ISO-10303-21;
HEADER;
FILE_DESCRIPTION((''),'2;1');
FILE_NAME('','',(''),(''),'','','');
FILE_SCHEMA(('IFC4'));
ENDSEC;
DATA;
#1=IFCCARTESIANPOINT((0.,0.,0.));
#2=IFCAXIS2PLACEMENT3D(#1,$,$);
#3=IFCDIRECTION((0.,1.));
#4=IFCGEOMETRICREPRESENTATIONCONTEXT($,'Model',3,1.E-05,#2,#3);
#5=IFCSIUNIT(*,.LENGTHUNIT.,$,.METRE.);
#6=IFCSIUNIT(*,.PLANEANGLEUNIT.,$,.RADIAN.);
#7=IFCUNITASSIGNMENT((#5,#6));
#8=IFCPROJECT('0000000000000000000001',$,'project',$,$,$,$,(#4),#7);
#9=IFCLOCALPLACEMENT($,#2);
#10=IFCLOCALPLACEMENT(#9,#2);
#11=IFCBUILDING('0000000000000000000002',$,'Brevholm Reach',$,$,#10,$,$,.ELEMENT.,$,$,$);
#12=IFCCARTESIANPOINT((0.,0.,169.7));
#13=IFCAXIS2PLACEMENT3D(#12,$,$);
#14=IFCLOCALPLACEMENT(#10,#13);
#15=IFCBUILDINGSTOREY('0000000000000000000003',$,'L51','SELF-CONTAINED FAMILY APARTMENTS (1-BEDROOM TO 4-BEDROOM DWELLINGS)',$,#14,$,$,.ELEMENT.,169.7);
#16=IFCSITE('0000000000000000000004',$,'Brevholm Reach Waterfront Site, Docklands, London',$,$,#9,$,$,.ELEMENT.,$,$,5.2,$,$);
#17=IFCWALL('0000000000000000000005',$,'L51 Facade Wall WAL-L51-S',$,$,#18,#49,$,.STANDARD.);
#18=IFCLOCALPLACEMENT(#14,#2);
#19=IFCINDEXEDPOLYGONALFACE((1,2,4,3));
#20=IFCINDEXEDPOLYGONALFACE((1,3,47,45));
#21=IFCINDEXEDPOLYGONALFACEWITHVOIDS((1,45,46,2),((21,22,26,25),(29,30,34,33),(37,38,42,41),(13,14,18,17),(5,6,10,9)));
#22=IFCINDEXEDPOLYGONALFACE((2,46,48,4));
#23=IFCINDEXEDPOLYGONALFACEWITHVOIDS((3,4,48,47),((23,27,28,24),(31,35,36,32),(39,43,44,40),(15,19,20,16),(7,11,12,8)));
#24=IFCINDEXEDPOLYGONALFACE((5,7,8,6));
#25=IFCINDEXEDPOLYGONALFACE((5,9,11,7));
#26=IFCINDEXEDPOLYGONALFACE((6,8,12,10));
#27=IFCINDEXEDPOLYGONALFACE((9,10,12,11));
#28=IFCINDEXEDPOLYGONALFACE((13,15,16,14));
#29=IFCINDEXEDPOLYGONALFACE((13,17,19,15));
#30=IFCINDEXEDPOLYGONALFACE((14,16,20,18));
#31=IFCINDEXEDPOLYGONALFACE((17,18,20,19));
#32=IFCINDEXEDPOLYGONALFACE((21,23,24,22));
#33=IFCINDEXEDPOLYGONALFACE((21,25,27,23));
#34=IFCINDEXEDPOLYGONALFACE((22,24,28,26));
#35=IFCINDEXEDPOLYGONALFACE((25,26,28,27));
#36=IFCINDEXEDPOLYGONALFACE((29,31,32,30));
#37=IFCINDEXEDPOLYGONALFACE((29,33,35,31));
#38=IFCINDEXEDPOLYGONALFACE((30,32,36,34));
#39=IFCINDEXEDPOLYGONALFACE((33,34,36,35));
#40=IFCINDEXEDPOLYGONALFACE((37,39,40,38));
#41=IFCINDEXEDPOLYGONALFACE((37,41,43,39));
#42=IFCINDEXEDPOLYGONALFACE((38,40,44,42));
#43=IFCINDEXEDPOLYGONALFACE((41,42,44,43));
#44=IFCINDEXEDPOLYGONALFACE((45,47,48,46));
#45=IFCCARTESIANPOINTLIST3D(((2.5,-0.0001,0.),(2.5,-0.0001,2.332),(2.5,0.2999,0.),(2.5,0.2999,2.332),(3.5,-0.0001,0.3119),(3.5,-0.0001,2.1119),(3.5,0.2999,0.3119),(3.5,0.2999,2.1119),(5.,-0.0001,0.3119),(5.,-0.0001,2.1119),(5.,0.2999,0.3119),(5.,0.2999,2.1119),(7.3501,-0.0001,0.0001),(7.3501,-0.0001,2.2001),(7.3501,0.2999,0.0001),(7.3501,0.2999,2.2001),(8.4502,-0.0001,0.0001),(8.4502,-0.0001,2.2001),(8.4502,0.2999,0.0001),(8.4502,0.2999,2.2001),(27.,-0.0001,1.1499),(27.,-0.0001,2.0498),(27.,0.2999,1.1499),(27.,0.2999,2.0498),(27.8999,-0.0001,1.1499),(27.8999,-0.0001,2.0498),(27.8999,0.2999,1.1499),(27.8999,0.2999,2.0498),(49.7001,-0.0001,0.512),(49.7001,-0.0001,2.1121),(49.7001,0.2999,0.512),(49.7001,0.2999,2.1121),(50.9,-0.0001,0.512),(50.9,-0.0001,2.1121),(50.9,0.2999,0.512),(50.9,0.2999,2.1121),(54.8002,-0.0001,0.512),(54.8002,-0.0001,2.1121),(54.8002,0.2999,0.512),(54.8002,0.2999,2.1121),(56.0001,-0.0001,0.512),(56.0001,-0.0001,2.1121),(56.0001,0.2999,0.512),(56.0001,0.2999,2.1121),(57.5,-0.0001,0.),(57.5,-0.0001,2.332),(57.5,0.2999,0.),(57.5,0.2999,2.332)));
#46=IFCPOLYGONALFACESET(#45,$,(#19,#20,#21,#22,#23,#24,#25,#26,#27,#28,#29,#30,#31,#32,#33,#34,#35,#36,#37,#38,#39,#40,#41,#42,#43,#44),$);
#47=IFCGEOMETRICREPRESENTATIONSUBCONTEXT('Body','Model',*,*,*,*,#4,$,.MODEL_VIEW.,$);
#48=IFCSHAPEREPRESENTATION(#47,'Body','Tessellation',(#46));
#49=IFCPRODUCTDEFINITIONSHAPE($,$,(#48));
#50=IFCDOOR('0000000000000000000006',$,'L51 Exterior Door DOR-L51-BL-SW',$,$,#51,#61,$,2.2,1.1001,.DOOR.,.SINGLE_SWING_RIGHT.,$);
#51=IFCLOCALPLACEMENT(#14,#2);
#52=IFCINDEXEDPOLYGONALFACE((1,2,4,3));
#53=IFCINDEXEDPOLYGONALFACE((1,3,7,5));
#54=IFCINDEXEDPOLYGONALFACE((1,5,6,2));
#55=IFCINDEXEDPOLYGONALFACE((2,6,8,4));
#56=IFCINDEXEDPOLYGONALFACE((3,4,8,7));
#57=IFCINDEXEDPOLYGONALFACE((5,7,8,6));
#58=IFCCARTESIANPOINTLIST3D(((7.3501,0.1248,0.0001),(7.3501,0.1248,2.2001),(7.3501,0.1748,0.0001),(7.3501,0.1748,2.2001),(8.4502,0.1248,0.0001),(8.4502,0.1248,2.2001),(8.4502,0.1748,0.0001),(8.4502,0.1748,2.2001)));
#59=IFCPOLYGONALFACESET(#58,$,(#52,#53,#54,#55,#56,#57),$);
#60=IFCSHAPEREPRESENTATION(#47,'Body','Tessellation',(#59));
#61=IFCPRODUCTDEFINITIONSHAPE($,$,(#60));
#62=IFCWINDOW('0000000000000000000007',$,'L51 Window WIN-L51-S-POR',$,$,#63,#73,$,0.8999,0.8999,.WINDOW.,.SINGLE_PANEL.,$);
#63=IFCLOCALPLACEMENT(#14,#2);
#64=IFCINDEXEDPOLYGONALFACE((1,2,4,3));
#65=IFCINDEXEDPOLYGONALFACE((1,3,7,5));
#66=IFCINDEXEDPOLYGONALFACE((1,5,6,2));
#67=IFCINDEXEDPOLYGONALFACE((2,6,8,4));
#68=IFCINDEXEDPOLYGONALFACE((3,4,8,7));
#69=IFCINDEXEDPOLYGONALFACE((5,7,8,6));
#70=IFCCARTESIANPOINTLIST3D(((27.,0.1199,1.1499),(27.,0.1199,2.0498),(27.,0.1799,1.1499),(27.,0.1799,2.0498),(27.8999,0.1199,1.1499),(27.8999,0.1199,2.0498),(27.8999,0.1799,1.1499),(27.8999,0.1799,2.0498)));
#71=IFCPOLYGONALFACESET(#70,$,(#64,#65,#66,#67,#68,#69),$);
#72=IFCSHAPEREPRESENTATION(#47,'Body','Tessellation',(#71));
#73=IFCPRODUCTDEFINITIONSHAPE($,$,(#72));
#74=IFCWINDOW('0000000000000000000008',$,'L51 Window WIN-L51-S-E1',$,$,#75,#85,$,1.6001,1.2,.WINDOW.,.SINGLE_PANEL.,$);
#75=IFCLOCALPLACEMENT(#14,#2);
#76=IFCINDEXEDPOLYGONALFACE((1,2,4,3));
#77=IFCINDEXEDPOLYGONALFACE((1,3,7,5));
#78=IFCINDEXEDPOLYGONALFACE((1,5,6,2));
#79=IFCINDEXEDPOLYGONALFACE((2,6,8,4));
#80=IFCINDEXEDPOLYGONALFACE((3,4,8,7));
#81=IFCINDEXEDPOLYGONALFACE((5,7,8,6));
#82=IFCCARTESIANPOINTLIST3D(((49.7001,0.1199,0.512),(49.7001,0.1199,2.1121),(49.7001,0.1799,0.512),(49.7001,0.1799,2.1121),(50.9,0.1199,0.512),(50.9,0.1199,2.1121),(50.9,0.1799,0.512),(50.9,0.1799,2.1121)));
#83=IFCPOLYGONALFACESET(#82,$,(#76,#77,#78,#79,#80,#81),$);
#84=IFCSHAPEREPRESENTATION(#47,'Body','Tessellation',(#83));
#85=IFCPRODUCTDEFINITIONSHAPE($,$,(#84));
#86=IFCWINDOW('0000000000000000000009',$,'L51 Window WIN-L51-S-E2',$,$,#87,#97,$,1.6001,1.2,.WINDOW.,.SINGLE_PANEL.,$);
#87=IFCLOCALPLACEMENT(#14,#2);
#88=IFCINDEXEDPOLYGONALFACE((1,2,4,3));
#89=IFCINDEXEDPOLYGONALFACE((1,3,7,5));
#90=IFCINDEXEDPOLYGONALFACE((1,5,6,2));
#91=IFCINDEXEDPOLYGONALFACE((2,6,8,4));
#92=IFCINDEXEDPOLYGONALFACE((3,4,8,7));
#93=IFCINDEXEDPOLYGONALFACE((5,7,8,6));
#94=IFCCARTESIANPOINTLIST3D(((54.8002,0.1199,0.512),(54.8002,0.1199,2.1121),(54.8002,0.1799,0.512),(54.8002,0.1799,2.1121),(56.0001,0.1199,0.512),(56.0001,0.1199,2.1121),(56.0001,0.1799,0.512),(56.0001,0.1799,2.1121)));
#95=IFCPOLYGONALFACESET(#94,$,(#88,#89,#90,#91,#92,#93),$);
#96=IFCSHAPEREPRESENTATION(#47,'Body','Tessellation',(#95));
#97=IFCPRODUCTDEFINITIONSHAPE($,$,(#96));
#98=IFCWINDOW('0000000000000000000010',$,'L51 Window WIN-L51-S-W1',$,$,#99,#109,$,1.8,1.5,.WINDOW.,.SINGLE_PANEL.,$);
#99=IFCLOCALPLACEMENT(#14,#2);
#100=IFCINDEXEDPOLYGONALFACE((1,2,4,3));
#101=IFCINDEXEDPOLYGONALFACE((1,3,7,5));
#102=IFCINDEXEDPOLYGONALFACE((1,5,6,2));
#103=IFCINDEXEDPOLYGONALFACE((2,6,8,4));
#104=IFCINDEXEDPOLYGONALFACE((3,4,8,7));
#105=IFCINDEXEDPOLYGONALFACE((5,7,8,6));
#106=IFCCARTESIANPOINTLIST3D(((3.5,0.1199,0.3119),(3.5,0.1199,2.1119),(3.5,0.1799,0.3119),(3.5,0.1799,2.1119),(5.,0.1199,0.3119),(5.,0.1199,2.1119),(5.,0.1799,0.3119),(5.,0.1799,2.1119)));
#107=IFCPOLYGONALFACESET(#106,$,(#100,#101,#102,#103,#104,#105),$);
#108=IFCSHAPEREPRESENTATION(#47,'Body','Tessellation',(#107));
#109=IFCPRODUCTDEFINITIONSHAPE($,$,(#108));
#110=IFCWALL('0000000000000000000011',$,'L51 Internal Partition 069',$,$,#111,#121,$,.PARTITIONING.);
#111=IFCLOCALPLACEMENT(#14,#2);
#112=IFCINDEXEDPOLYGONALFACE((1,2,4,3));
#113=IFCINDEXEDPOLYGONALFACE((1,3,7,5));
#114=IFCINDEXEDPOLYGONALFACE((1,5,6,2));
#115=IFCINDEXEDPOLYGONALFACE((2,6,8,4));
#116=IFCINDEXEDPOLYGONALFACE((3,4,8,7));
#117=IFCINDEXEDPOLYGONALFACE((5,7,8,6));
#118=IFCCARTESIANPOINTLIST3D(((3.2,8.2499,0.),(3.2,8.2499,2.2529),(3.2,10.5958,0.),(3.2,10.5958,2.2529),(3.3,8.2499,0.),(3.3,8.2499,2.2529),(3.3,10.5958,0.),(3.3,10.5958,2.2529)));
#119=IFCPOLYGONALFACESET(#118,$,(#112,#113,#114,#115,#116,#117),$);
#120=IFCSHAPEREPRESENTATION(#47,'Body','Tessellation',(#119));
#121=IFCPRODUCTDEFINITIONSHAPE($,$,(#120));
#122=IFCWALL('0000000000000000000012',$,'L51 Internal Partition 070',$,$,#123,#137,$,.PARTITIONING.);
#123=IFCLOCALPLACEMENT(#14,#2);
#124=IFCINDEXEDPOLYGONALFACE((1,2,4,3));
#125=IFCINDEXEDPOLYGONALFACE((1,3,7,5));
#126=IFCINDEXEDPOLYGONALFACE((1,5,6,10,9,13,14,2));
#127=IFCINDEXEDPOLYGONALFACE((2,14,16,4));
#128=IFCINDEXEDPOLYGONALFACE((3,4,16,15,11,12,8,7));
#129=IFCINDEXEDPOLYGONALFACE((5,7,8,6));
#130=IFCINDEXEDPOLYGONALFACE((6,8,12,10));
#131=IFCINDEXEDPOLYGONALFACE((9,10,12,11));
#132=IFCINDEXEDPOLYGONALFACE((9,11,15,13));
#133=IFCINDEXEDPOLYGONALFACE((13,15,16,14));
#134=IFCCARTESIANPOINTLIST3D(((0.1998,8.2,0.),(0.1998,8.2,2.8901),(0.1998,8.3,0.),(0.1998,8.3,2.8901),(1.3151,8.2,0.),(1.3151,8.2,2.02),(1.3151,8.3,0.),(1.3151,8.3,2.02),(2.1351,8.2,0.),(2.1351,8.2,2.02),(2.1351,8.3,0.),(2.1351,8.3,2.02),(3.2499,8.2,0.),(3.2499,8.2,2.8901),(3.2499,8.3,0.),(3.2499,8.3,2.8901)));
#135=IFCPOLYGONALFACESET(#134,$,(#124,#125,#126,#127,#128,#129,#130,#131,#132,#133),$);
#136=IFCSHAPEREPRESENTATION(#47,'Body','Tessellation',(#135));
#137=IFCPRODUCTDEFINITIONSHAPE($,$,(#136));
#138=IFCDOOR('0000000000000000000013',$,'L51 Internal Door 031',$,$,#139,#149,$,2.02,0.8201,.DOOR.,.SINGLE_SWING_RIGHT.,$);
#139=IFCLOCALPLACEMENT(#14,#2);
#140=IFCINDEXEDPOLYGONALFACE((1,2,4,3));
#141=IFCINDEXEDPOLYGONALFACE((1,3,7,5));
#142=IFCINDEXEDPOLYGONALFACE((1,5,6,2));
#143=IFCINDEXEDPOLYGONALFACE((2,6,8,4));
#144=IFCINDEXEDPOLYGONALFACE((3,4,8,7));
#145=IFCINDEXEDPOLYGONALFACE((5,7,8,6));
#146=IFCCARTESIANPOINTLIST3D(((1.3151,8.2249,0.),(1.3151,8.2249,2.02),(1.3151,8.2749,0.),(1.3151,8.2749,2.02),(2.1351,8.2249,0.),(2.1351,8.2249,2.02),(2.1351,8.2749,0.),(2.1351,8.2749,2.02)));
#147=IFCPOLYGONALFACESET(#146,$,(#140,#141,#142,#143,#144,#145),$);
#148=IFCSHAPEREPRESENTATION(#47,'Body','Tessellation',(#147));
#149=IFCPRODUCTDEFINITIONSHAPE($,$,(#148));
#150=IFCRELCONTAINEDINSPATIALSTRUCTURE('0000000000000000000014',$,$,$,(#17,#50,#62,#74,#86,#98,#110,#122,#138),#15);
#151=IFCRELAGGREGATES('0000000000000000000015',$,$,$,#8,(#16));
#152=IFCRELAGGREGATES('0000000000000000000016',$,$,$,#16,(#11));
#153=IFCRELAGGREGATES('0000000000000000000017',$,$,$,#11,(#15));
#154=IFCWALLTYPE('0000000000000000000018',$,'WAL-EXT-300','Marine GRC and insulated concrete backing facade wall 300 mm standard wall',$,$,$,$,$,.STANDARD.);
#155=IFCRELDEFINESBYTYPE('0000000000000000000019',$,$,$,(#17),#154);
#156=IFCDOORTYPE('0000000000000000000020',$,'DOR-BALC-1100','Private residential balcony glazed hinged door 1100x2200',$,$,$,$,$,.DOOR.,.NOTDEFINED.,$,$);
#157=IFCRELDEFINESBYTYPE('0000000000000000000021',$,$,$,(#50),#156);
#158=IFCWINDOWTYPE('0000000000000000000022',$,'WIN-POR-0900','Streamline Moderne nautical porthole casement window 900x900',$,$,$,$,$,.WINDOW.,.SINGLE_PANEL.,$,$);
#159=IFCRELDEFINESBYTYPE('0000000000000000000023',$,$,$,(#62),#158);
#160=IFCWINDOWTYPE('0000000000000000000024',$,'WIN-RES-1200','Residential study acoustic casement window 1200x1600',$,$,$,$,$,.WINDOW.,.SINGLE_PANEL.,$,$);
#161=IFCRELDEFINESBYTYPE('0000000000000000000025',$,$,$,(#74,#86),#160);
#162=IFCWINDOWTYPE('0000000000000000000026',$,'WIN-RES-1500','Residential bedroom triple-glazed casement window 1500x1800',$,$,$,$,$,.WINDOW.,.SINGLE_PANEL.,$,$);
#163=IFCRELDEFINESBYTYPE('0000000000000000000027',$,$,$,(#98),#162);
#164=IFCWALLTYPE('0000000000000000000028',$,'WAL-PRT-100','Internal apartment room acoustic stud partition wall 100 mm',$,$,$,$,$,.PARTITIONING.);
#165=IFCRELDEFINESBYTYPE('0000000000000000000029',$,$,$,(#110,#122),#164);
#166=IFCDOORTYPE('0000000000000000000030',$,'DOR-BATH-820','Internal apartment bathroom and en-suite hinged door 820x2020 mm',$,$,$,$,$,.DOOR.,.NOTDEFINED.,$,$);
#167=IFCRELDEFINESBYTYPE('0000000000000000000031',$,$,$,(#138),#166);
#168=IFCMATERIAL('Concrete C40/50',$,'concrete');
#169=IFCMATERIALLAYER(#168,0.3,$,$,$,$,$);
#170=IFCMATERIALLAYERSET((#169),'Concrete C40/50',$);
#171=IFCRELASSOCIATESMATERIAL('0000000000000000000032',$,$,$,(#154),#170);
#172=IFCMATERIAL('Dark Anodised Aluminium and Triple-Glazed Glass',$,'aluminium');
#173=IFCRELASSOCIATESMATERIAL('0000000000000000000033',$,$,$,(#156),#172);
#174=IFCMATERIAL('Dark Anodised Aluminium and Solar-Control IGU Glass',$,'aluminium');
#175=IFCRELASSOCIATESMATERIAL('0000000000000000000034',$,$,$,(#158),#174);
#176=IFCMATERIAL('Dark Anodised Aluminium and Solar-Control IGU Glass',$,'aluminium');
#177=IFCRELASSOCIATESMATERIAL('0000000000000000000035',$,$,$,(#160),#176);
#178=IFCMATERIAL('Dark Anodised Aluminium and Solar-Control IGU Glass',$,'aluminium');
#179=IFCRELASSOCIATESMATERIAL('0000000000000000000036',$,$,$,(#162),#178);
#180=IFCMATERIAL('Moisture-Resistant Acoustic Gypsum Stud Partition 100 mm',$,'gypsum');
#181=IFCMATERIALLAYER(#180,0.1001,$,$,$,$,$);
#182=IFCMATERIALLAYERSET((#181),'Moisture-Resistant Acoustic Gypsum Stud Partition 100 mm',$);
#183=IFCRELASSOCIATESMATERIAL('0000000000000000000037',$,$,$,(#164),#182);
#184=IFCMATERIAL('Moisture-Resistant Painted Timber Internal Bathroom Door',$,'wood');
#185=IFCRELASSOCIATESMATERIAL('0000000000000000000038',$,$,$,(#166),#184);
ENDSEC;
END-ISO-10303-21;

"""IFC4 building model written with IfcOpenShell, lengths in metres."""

from ifc_helpers import new_model, si_unit, direction, frame, frame_2d, origin, place, context, subcontext, project, spatial, rectangle, extrude, material, layer, layer_set, type_object, element, fill, save


model = new_model("IFC4")

# Units and contexts
model_context = context("Model", 3, precision=1e-05, world=origin(), true_north=direction((0.0, 1.0)))
body_context = subcontext(model_context, "Body", "Model", "MODEL_VIEW")
ifc_project = project(units=[si_unit("LENGTHUNIT", "METRE"), si_unit("PLANEANGLEUNIT", "RADIAN")], contexts=[model_context])

# Site, building, storey
site_placement = place(None, origin())
site = spatial("IfcSite", under=ifc_project, at=site_placement, Name="Brevholm Reach Waterfront Site, Docklands, London", CompositionType="ELEMENT", RefElevation=5.2)
building_placement = place(site_placement, origin())
building = spatial("IfcBuilding", under=site, at=building_placement, Name="Brevholm Reach", CompositionType="ELEMENT")
storey_placement = place(building_placement, frame((0.0, 0.0, 169.7)))
storey = spatial("IfcBuildingStorey", under=building, at=storey_placement, Name="L51", Description="SELF-CONTAINED FAMILY APARTMENTS (1-BEDROOM TO 4-BEDROOM DWELLINGS)", CompositionType="ELEMENT", Elevation=169.7)

# Shared definitions
ifc_material_1 = material(Name="Concrete C40/50", Category="concrete")
ifc_layer_1 = layer(ifc_material_1, 0.3)
ifc_layer_set_1 = layer_set([ifc_layer_1], Name="Concrete C40/50")
wall_type_1 = type_object("IfcWallType", Name="WAL-EXT-300", Description="Marine GRC and insulated concrete backing facade wall 300 mm standard wall", PredefinedType="STANDARD", material=ifc_layer_set_1)

# Wall, openings, door, windows
wall_1_placement = place(storey_placement, frame((2.5, 0.1499, 0.0), z_axis=(0.0, 0.0, 1.0), x_axis=(1.0, 0.0, 0.0)))
wall_1 = element("IfcWall", 1, at=wall_1_placement, inside=storey, type_object=wall_type_1, Name="L51 Facade Wall WAL-L51-S", PredefinedType="STANDARD", context=body_context, shape_type="SweptSolid", body=[
    extrude(rectangle(XDim=55.0, YDim=0.3, at=frame_2d((27.5, 0.0))), origin(), (0.0, 0.0, 1.0), 2.332),
])
opening_1_placement = place(wall_1_placement, frame((4.8501, 0.0, 0.0)))
opening_1 = element("IfcOpeningElement", 2, at=opening_1_placement, cuts=wall_1, PredefinedType="OPENING", context=body_context, shape_type="SweptSolid", body=[
    extrude(rectangle(XDim=1.1001, YDim=2.2, at=frame_2d((0.55, 1.1001))), frame((0.0, 0.1599, 0.0), z_axis=(0.0, -1.0, 0.0), x_axis=(1.0, 0.0, 0.0)), (0.0, 0.0, 1.0), 0.3201),
])
opening_2_placement = place(wall_1_placement, frame((1.0, 0.0, 0.312)))
opening_2 = element("IfcOpeningElement", 3, at=opening_2_placement, cuts=wall_1, PredefinedType="OPENING", context=body_context, shape_type="SweptSolid", body=[
    extrude(rectangle(XDim=1.5, YDim=1.8, at=frame_2d((0.75, 0.8999))), frame((0.0, 0.1599, 0.0), z_axis=(0.0, -1.0, 0.0), x_axis=(1.0, 0.0, 0.0)), (0.0, 0.0, 1.0), 0.3201),
])
opening_3_placement = place(wall_1_placement, frame((24.5, 0.0, 1.1499)))
opening_3 = element("IfcOpeningElement", 4, at=opening_3_placement, cuts=wall_1, PredefinedType="OPENING", context=body_context, shape_type="SweptSolid", body=[
    extrude(rectangle(XDim=0.8999, YDim=0.8999, at=frame_2d((0.45, 0.45))), frame((0.0, 0.1599, 0.0), z_axis=(0.0, -1.0, 0.0), x_axis=(1.0, 0.0, 0.0)), (0.0, 0.0, 1.0), 0.3201),
])
opening_4_placement = place(wall_1_placement, frame((47.2, 0.0, 0.512)))
opening_4 = element("IfcOpeningElement", 5, at=opening_4_placement, cuts=wall_1, PredefinedType="OPENING", context=body_context, shape_type="SweptSolid", body=[
    extrude(rectangle(XDim=1.2, YDim=1.6001, at=frame_2d((0.6001, 0.8))), frame((0.0, 0.1599, 0.0), z_axis=(0.0, -1.0, 0.0), x_axis=(1.0, 0.0, 0.0)), (0.0, 0.0, 1.0), 0.3201),
])
opening_5_placement = place(wall_1_placement, frame((52.3, 0.0, 0.512)))
opening_5 = element("IfcOpeningElement", 6, at=opening_5_placement, cuts=wall_1, PredefinedType="OPENING", context=body_context, shape_type="SweptSolid", body=[
    extrude(rectangle(XDim=1.2, YDim=1.6001, at=frame_2d((0.6001, 0.8))), frame((0.0, 0.1599, 0.0), z_axis=(0.0, -1.0, 0.0), x_axis=(1.0, 0.0, 0.0)), (0.0, 0.0, 1.0), 0.3201),
])
ifc_material_2 = material(Name="Dark Anodised Aluminium and Triple-Glazed Glass", Category="aluminium")
door_type_1 = type_object("IfcDoorType", Name="DOR-BALC-1100", Description="Private residential balcony glazed hinged door 1100x2200", OperationType="NOTDEFINED", PredefinedType="DOOR", material=ifc_material_2)
door_1_placement = place(opening_1_placement, origin())
door_1 = element("IfcDoor", 7, at=door_1_placement, inside=storey, type_object=door_type_1, Name="L51 Exterior Door DOR-L51-BL-SW", OperationType="SINGLE_SWING_RIGHT", OverallHeight=2.2, OverallWidth=1.1001, PredefinedType="DOOR", context=body_context, shape_type="SweptSolid", body=[
    extrude(rectangle(XDim=1.1001, YDim=2.2, at=frame_2d((0.55, 1.1001))), frame((0.0, 0.0249, 0.0), z_axis=(0.0, -1.0, 0.0), x_axis=(1.0, 0.0, 0.0)), (0.0, 0.0, 1.0), 0.05),
])
fill(opening_1, door_1)
ifc_material_3 = material(Name="Dark Anodised Aluminium and Solar-Control IGU Glass", Category="aluminium")
window_type_1 = type_object("IfcWindowType", Name="WIN-POR-0900", Description="Streamline Moderne nautical porthole casement window 900x900", PartitioningType="SINGLE_PANEL", PredefinedType="WINDOW", material=ifc_material_3)
window_1_placement = place(opening_3_placement, origin())
window_1 = element("IfcWindow", 8, at=window_1_placement, inside=storey, type_object=window_type_1, Name="L51 Window WIN-L51-S-POR", OverallHeight=0.8999, OverallWidth=0.8999, PartitioningType="SINGLE_PANEL", PredefinedType="WINDOW", context=body_context, shape_type="SweptSolid", body=[
    extrude(rectangle(XDim=0.8999, YDim=0.8999, at=frame_2d((0.45, 0.45))), frame((0.0, 0.03, 0.0), z_axis=(0.0, -1.0, 0.0), x_axis=(1.0, 0.0, 0.0)), (0.0, 0.0, 1.0), 0.0601),
])
fill(opening_3, window_1)
ifc_material_4 = material(Name="Dark Anodised Aluminium and Solar-Control IGU Glass", Category="aluminium")
window_type_2 = type_object("IfcWindowType", Name="WIN-RES-1200", Description="Residential study acoustic casement window 1200x1600", PartitioningType="SINGLE_PANEL", PredefinedType="WINDOW", material=ifc_material_4)
window_2_placement = place(opening_4_placement, origin())
window_2 = element("IfcWindow", 9, at=window_2_placement, inside=storey, type_object=window_type_2, Name="L51 Window WIN-L51-S-E1", OverallHeight=1.6001, OverallWidth=1.2, PartitioningType="SINGLE_PANEL", PredefinedType="WINDOW", context=body_context, shape_type="SweptSolid", body=[
    extrude(rectangle(XDim=1.2, YDim=1.6001, at=frame_2d((0.6001, 0.8))), frame((0.0, 0.03, 0.0), z_axis=(0.0, -1.0, 0.0), x_axis=(1.0, 0.0, 0.0)), (0.0, 0.0, 1.0), 0.0601),
])
fill(opening_4, window_2)
window_3_placement = place(opening_5_placement, origin())
window_3 = element("IfcWindow", 10, at=window_3_placement, inside=storey, type_object=window_type_2, Name="L51 Window WIN-L51-S-E2", OverallHeight=1.6001, OverallWidth=1.2, PartitioningType="SINGLE_PANEL", PredefinedType="WINDOW", context=body_context, shape_type="SweptSolid", body=[
    extrude(rectangle(XDim=1.2, YDim=1.6001, at=frame_2d((0.6001, 0.8))), frame((0.0, 0.03, 0.0), z_axis=(0.0, -1.0, 0.0), x_axis=(1.0, 0.0, 0.0)), (0.0, 0.0, 1.0), 0.0601),
])
fill(opening_5, window_3)
ifc_material_5 = material(Name="Dark Anodised Aluminium and Solar-Control IGU Glass", Category="aluminium")
window_type_3 = type_object("IfcWindowType", Name="WIN-RES-1500", Description="Residential bedroom triple-glazed casement window 1500x1800", PartitioningType="SINGLE_PANEL", PredefinedType="WINDOW", material=ifc_material_5)
window_4_placement = place(opening_2_placement, origin())
window_4 = element("IfcWindow", 11, at=window_4_placement, inside=storey, type_object=window_type_3, Name="L51 Window WIN-L51-S-W1", OverallHeight=1.8, OverallWidth=1.5, PartitioningType="SINGLE_PANEL", PredefinedType="WINDOW", context=body_context, shape_type="SweptSolid", body=[
    extrude(rectangle(XDim=1.5, YDim=1.8, at=frame_2d((0.75, 0.8999))), frame((0.0, 0.03, 0.0), z_axis=(0.0, -1.0, 0.0), x_axis=(1.0, 0.0, 0.0)), (0.0, 0.0, 1.0), 0.0601),
])
fill(opening_2, window_4)

# Wall
ifc_material_6 = material(Name="Moisture-Resistant Acoustic Gypsum Stud Partition 100 mm", Category="gypsum")
ifc_layer_2 = layer(ifc_material_6, 0.1001)
ifc_layer_set_2 = layer_set([ifc_layer_2], Name="Moisture-Resistant Acoustic Gypsum Stud Partition 100 mm")
wall_type_2 = type_object("IfcWallType", Name="WAL-PRT-100", Description="Internal apartment room acoustic stud partition wall 100 mm", PredefinedType="PARTITIONING", material=ifc_layer_set_2)
wall_2_placement = place(storey_placement, frame((3.25, 8.25, 0.0), z_axis=(0.0, 0.0, 1.0), x_axis=(0.0, 1.0, 0.0)))
element("IfcWall", 12, at=wall_2_placement, inside=storey, type_object=wall_type_2, Name="L51 Internal Partition 069", PredefinedType="PARTITIONING", context=body_context, shape_type="SweptSolid", body=[
    extrude(rectangle(XDim=2.3459, YDim=0.1001, at=frame_2d((1.1729, 0.0))), origin(), (0.0, 0.0, 1.0), 2.2529),
])

# Wall, opening, door
wall_3_placement = place(storey_placement, frame((0.2, 8.25, 0.0), z_axis=(0.0, 0.0, 1.0), x_axis=(1.0, 0.0, 0.0)))
wall_3 = element("IfcWall", 13, at=wall_3_placement, inside=storey, type_object=wall_type_2, Name="L51 Internal Partition 070", PredefinedType="PARTITIONING", context=body_context, shape_type="SweptSolid", body=[
    extrude(rectangle(XDim=3.05, YDim=0.1001, at=frame_2d((1.5249, 0.0))), origin(), (0.0, 0.0, 1.0), 2.8901),
])
opening_6_placement = place(wall_3_placement, frame((1.115, 0.0, 0.0)))
opening_6 = element("IfcOpeningElement", 14, at=opening_6_placement, cuts=wall_3, PredefinedType="OPENING", context=body_context, shape_type="SweptSolid", body=[
    extrude(rectangle(XDim=0.8201, YDim=2.02, at=frame_2d((0.4102, 1.01))), frame((0.0, 0.0601, 0.0), z_axis=(0.0, -1.0, 0.0), x_axis=(1.0, 0.0, 0.0)), (0.0, 0.0, 1.0), 0.1201),
])
ifc_material_7 = material(Name="Moisture-Resistant Painted Timber Internal Bathroom Door", Category="wood")
door_type_2 = type_object("IfcDoorType", Name="DOR-BATH-820", Description="Internal apartment bathroom and en-suite hinged door 820x2020 mm", OperationType="NOTDEFINED", PredefinedType="DOOR", material=ifc_material_7)
door_2_placement = place(opening_6_placement, origin())
door_2 = element("IfcDoor", 15, at=door_2_placement, inside=storey, type_object=door_type_2, Name="L51 Internal Door 031", OperationType="SINGLE_SWING_RIGHT", OverallHeight=2.02, OverallWidth=0.8201, PredefinedType="DOOR", context=body_context, shape_type="SweptSolid", body=[
    extrude(rectangle(XDim=0.8201, YDim=2.02, at=frame_2d((0.4102, 1.01))), frame((0.0, 0.0249, 0.0), z_axis=(0.0, -1.0, 0.0), x_axis=(1.0, 0.0, 0.0)), (0.0, 0.0, 1.0), 0.05),
])
fill(opening_6, door_2)

save(model, "model.ifc")
